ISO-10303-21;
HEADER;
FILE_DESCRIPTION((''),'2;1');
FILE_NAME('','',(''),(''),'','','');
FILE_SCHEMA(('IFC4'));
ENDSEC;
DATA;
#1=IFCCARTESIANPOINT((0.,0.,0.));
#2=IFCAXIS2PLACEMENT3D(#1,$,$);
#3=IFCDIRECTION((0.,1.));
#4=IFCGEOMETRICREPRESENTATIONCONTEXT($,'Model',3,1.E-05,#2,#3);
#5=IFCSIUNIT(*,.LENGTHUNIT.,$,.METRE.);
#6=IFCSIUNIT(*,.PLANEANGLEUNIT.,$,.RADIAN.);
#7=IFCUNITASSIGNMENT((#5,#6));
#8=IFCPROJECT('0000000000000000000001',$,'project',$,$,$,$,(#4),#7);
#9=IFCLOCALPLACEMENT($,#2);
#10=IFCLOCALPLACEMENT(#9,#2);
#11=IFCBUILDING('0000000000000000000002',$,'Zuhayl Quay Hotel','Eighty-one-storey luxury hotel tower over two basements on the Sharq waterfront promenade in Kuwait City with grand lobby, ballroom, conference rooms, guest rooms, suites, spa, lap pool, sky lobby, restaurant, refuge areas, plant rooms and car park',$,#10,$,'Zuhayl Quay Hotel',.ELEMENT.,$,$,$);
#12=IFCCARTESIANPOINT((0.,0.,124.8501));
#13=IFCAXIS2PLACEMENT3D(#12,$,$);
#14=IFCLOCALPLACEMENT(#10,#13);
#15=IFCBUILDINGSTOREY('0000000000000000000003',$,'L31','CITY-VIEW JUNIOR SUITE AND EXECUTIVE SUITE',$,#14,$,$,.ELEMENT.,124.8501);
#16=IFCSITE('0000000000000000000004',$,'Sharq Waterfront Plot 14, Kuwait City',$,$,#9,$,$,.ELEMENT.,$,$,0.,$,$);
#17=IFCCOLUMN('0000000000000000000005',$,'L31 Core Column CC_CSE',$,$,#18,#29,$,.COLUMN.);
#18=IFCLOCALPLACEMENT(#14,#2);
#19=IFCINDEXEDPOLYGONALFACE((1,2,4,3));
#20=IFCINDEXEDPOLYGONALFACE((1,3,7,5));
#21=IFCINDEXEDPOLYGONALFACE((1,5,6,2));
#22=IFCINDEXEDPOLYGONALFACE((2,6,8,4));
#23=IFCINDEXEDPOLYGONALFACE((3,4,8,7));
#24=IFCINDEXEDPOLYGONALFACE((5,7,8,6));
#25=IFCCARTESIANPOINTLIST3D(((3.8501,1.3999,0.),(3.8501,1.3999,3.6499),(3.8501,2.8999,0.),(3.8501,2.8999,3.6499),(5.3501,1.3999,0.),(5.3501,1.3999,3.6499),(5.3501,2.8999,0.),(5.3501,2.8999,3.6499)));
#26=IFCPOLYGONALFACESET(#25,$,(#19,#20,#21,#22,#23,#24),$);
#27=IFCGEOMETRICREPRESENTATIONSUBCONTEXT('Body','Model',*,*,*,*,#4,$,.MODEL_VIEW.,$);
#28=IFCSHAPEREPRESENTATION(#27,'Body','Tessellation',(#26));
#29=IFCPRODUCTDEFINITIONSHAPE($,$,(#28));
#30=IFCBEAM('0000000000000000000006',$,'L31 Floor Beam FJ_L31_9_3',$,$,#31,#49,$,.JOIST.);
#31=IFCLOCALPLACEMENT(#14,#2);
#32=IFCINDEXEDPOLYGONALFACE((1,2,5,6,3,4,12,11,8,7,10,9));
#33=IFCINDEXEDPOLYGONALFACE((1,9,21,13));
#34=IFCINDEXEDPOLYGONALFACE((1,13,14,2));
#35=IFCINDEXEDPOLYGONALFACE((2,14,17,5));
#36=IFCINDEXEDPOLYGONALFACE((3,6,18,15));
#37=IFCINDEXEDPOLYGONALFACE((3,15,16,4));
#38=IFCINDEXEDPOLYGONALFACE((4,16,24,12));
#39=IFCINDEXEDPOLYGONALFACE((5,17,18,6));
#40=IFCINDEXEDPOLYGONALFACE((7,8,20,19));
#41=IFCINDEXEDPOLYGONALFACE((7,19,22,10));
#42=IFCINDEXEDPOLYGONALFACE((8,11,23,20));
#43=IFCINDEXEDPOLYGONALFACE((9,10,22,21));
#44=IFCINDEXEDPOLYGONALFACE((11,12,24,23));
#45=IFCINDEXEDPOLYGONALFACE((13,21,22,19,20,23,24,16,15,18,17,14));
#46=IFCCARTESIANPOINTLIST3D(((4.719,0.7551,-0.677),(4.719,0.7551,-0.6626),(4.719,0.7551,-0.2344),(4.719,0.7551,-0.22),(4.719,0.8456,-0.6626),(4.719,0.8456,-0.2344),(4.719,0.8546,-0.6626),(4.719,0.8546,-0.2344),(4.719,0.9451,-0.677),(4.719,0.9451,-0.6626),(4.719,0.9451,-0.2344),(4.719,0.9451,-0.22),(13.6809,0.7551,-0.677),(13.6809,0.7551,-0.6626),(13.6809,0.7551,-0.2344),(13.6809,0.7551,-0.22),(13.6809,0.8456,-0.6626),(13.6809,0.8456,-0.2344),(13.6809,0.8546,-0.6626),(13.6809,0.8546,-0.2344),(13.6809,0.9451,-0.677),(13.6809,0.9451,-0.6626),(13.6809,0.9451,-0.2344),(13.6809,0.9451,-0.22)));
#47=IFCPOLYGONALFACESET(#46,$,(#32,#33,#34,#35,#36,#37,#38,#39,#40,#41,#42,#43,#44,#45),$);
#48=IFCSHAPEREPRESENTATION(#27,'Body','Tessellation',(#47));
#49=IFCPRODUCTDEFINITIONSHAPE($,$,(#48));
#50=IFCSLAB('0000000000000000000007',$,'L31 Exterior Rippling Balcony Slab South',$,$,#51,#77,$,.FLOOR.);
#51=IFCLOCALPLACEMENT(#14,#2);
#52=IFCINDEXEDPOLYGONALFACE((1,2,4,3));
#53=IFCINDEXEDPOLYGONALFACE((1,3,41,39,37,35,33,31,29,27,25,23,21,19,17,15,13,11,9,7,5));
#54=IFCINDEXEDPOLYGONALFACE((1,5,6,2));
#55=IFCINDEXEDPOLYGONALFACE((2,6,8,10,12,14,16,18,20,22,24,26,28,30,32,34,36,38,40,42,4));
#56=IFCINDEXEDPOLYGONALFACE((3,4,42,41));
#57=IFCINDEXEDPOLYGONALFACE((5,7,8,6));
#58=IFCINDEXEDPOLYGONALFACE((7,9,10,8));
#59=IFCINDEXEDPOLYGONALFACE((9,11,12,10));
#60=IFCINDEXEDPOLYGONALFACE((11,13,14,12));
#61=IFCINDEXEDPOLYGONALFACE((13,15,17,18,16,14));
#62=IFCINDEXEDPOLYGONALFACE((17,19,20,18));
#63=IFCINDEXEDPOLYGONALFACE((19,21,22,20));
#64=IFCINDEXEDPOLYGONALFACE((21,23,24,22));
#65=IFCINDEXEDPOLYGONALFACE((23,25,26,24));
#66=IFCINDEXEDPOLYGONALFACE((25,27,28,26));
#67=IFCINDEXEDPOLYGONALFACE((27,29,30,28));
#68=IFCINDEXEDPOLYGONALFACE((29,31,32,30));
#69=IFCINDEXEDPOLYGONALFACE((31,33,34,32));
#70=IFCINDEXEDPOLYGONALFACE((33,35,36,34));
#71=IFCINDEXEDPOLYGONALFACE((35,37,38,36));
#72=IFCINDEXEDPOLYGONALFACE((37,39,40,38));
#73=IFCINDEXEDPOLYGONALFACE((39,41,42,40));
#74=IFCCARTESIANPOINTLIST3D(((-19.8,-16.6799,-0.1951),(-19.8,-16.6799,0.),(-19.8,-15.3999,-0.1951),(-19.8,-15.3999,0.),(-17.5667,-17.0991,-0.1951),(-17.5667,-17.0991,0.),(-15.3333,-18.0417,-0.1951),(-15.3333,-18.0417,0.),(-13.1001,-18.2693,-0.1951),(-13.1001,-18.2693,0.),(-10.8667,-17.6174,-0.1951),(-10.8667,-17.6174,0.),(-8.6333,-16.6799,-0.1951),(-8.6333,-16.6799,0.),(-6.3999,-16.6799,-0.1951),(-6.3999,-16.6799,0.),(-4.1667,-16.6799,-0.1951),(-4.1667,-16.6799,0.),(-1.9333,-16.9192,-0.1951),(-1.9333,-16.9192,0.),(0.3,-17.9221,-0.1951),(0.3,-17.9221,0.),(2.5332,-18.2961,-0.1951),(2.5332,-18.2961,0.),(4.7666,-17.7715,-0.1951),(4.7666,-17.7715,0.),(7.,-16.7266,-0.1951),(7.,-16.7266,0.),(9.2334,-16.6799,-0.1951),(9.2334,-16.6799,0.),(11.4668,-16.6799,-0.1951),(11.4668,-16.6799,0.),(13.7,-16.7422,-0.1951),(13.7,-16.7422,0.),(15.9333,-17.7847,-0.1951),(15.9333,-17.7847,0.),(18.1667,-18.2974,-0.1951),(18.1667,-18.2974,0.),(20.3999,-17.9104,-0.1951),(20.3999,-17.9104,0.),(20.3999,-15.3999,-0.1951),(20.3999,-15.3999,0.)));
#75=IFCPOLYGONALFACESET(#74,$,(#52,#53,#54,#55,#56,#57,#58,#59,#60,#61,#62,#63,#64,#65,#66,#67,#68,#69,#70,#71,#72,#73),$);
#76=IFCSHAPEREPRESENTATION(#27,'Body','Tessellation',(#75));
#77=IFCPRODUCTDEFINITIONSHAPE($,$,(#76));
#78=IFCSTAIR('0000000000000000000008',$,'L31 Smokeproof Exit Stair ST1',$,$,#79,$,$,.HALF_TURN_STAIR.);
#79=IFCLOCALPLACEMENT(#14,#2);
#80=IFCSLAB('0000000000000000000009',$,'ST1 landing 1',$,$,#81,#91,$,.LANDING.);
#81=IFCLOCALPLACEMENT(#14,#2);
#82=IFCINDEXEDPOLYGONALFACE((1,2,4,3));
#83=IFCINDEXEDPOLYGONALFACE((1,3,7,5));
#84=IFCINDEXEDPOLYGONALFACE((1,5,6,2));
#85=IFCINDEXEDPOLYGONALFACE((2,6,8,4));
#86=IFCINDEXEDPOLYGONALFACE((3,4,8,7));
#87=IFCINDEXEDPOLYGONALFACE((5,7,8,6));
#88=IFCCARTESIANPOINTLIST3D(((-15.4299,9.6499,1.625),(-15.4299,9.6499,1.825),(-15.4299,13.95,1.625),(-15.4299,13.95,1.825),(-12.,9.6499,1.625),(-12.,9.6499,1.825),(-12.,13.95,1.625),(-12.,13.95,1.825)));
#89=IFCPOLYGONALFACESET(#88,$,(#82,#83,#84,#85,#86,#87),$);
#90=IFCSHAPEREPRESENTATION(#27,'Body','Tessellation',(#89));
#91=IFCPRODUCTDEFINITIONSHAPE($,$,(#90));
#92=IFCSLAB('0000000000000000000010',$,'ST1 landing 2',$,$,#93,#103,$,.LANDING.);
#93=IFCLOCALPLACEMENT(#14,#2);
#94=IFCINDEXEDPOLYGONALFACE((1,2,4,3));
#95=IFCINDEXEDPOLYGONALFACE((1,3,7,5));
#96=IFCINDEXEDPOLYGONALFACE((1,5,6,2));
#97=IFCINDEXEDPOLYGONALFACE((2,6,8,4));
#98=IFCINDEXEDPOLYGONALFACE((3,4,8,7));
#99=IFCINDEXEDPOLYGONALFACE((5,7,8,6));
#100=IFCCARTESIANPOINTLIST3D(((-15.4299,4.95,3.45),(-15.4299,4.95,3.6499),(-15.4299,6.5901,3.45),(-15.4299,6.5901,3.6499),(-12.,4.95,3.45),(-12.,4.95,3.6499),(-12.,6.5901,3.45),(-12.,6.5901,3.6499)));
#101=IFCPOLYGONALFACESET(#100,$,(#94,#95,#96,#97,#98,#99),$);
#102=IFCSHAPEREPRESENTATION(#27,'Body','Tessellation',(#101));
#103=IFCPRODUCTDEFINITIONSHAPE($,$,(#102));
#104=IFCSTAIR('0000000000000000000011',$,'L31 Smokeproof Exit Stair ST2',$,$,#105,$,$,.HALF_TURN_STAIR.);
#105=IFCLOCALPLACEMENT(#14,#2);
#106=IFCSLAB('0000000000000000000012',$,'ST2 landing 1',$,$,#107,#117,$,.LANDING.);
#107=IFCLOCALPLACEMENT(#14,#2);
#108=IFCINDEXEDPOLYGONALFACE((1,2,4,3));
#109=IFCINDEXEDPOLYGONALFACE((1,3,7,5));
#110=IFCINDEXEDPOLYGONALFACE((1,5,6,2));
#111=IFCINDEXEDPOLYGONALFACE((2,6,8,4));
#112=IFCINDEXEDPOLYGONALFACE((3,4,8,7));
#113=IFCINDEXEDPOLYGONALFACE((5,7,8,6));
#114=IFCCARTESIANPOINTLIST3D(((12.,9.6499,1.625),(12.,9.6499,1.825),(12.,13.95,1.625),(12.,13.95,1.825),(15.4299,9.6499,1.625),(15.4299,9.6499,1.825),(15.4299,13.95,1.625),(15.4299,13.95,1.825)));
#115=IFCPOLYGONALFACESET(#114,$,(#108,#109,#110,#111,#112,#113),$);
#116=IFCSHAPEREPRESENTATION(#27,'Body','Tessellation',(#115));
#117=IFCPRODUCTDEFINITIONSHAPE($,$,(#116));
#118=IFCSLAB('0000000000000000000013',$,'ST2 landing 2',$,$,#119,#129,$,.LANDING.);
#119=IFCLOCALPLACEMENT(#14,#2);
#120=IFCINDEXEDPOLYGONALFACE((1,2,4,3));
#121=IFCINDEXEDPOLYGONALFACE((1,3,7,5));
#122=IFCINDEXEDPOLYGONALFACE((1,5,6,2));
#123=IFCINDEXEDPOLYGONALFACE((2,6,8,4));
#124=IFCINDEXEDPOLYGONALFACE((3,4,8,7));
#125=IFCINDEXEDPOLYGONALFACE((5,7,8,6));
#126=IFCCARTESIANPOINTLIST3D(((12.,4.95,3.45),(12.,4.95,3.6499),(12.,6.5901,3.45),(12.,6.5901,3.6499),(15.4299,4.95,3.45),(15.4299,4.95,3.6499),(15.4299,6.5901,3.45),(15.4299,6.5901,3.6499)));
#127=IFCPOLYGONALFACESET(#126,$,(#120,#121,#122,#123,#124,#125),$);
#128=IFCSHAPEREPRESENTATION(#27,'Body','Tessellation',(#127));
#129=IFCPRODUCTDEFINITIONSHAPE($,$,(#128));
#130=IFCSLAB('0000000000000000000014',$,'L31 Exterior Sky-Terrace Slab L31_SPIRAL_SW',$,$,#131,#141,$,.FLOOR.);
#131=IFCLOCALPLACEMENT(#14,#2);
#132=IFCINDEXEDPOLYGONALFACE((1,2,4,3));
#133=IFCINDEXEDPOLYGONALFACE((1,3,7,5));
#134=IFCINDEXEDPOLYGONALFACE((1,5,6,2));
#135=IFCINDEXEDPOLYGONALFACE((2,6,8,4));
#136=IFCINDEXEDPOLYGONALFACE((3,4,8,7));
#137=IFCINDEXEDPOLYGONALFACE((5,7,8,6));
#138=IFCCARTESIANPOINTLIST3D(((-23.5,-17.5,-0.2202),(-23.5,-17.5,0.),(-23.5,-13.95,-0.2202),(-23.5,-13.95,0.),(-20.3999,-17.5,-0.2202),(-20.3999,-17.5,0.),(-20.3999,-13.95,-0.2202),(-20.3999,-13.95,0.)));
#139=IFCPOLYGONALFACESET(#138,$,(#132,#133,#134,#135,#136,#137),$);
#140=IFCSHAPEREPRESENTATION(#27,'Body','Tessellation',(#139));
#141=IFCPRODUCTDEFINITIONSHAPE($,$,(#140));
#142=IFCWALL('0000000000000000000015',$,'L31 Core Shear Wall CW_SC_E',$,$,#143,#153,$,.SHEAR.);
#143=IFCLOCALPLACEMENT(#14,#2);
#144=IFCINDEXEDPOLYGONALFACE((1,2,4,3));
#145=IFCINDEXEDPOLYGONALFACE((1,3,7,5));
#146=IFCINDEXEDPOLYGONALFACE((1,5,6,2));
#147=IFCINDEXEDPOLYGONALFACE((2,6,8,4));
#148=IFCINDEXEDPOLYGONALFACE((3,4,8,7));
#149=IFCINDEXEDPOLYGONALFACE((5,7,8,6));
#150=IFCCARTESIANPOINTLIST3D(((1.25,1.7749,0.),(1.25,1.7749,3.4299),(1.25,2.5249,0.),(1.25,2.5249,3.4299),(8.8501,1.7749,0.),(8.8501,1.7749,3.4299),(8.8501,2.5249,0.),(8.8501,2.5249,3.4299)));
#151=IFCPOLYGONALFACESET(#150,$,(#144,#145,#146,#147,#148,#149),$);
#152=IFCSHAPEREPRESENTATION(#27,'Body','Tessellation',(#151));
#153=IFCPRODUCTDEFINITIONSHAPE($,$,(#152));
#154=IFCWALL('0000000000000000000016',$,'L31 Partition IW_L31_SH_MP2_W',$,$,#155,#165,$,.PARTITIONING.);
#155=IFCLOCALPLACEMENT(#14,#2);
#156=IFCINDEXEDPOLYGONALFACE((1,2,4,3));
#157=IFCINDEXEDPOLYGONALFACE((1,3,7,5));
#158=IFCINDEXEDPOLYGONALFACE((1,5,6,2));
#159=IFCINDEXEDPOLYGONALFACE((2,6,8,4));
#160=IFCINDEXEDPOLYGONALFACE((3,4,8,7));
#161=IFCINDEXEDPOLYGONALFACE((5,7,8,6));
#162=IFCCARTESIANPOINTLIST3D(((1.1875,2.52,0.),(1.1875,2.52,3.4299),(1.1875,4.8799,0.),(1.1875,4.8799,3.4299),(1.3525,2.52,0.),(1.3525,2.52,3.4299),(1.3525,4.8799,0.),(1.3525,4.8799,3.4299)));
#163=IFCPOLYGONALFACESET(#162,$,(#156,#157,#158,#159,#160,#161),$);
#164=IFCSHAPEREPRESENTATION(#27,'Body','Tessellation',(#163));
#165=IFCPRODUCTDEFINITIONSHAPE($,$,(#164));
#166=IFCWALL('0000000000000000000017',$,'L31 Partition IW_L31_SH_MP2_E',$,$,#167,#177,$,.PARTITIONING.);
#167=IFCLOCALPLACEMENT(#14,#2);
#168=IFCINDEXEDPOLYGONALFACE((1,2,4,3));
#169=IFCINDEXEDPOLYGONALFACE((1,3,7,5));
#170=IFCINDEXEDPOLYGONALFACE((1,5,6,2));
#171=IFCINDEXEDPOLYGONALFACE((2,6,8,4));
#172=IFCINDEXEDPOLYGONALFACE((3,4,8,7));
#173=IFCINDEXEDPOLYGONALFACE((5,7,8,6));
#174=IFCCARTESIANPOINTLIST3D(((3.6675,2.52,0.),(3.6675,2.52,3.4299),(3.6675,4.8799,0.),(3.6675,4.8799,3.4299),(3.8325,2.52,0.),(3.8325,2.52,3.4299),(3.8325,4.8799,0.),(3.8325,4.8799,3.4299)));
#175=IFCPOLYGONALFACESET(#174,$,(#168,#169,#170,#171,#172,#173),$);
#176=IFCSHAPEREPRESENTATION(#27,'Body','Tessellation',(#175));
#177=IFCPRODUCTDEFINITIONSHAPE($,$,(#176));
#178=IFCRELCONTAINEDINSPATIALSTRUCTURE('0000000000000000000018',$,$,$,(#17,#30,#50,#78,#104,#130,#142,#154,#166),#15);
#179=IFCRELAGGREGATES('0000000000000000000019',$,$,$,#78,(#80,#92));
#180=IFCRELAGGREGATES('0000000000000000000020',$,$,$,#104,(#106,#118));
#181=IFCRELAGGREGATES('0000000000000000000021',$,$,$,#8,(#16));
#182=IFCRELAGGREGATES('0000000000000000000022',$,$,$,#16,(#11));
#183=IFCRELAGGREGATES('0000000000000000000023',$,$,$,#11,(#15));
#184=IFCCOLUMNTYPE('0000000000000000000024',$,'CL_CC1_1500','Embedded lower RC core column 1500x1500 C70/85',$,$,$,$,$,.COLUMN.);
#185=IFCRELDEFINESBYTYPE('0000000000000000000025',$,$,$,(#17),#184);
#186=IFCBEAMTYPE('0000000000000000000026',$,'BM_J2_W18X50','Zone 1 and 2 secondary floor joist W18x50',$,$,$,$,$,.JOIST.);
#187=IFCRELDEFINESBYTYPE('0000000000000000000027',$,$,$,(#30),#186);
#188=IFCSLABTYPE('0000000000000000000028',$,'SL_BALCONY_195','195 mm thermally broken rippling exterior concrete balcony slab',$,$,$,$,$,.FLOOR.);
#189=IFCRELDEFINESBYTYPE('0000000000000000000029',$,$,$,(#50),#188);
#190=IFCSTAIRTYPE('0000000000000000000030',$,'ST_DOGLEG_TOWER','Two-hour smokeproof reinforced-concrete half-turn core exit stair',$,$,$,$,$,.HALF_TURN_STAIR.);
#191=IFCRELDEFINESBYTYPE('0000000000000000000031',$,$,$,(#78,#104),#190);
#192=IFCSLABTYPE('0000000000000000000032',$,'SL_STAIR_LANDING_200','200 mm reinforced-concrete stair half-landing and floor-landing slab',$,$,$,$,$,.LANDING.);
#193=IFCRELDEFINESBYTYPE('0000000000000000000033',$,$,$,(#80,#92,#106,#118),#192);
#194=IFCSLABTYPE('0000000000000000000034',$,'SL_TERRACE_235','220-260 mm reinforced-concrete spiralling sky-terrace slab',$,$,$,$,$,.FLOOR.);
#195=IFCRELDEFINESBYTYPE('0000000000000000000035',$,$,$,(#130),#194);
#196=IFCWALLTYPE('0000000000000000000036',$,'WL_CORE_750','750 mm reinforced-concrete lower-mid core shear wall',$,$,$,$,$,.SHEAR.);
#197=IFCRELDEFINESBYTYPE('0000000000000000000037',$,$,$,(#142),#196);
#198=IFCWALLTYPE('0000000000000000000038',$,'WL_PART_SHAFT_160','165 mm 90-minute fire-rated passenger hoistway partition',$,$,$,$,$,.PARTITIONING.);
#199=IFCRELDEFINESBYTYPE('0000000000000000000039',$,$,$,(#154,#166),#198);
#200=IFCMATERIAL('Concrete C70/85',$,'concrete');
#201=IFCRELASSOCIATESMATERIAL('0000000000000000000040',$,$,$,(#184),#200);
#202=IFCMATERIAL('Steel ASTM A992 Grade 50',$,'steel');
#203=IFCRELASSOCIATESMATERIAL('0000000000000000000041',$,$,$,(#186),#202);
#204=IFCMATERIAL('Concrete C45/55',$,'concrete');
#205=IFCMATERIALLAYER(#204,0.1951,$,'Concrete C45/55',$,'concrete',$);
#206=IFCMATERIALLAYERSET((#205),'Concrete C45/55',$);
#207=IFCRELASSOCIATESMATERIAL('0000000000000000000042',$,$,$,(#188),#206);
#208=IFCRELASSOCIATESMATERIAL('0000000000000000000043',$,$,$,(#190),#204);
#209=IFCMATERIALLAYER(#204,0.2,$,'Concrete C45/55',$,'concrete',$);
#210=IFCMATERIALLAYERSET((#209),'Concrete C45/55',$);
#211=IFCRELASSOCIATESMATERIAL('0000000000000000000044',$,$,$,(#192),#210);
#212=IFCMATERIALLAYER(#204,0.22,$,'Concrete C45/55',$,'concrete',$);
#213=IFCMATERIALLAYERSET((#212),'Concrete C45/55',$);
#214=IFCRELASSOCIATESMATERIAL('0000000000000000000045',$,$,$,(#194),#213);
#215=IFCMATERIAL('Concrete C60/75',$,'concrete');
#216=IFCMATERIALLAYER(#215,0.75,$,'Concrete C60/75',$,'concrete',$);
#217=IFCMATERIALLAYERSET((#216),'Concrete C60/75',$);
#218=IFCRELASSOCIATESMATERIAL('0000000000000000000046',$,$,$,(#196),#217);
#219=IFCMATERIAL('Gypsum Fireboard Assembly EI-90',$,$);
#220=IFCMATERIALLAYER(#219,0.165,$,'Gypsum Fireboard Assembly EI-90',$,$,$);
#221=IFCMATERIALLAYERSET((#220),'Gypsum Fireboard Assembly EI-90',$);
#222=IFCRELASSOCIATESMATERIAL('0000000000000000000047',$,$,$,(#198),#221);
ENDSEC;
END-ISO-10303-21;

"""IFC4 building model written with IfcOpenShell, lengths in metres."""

from ifc_helpers import new_model, si_unit, direction, frame, frame_2d, origin, origin_2d, place, context, subcontext, project, spatial, polyline, rectangle, i_section, outline, extrude, material, layer, layer_set, material_profile, profile_set, type_object, element, aggregate, save


model = new_model("IFC4")

# Units and contexts
model_context = context("Model", 3, precision=1e-05, world=origin(), true_north=direction((0.0, 1.0)))
body_context = subcontext(model_context, "Body", "Model", "MODEL_VIEW")
ifc_project = project(units=[si_unit("LENGTHUNIT", "METRE"), si_unit("PLANEANGLEUNIT", "RADIAN")], contexts=[model_context])

# Site, building, storey
site_placement = place(None, origin())
site = spatial("IfcSite", under=ifc_project, at=site_placement, Name="Sharq Waterfront Plot 14, Kuwait City", CompositionType="ELEMENT", RefElevation=0.0)
building_placement = place(site_placement, origin())
building = spatial("IfcBuilding", under=site, at=building_placement, Name="Zuhayl Quay Hotel", Description="Eighty-one-storey luxury hotel tower over two basements on the Sharq waterfront promenade in Kuwait City with grand lobby, ballroom, conference rooms, guest rooms, suites, spa, lap pool, sky lobby, restaurant, refuge areas, plant rooms and car park", LongName="Zuhayl Quay Hotel", CompositionType="ELEMENT")
storey_placement = place(building_placement, frame((0.0, 0.0, 124.8501)))
storey = spatial("IfcBuildingStorey", under=building, at=storey_placement, Name="L31", Description="CITY-VIEW JUNIOR SUITE AND EXECUTIVE SUITE", CompositionType="ELEMENT", Elevation=124.8501)

# Column
ifc_material_1 = material(Name="Concrete C70/85", Category="concrete")
ifc_material_profile_1 = material_profile(ifc_material_1, rectangle(XDim=1.5, YDim=1.5, at=origin_2d()), Name="RC1500X1500")
ifc_profile_set_1 = profile_set([ifc_material_profile_1], Name="Concrete C70/85")
column_type = type_object("IfcColumnType", Name="CL_CC1_1500", Description="Embedded lower RC core column 1500x1500 C70/85", PredefinedType="COLUMN", material=ifc_profile_set_1)
column_placement = place(storey_placement, frame((4.6001, 2.1499, 0.0), z_axis=(0.0, 0.0, 1.0), x_axis=(1.0, 0.0, 0.0)))
element("IfcColumn", 1, at=column_placement, inside=storey, type_object=column_type, Name="L31 Core Column CC_CSE", PredefinedType="COLUMN", context=body_context, shape_type="SweptSolid", body=[
    extrude(rectangle(XDim=1.5, YDim=1.5, at=origin_2d()), origin(), (0.0, 0.0, 1.0), 3.6499),
])

# Beam
ifc_material_2 = material(Name="Steel ASTM A992 Grade 50", Category="steel")
ifc_material_profile_2 = material_profile(ifc_material_2, i_section(OverallWidth=0.1899, OverallDepth=0.457, WebThickness=0.009, FlangeThickness=0.0144, at=origin_2d()), Name="W18X50")
ifc_profile_set_2 = profile_set([ifc_material_profile_2], Name="Steel ASTM A992 Grade 50")
beam_type = type_object("IfcBeamType", Name="BM_J2_W18X50", Description="Zone 1 and 2 secondary floor joist W18x50", PredefinedType="JOIST", material=ifc_profile_set_2)
beam_placement = place(storey_placement, frame((4.719, 0.8501, -0.4485), z_axis=(1.0, 0.0, 0.0), x_axis=(0.0, 1.0, 0.0)))
element("IfcBeam", 2, at=beam_placement, inside=storey, type_object=beam_type, Name="L31 Floor Beam FJ_L31_9_3", PredefinedType="JOIST", context=body_context, shape_type="SweptSolid", body=[
    extrude(i_section(OverallWidth=0.1899, OverallDepth=0.457, WebThickness=0.009, FlangeThickness=0.0144, at=origin_2d()), origin(), (0.0, 0.0, 1.0), 8.9619),
])

# Slab
ifc_material_3 = material(Name="Concrete C45/55", Category="concrete")
ifc_layer_1 = layer(ifc_material_3, 0.1951, Name="Concrete C45/55", Category="concrete")
ifc_layer_set_1 = layer_set([ifc_layer_1], Name="Concrete C45/55")
slab_type_1 = type_object("IfcSlabType", Name="SL_BALCONY_195", Description="195 mm thermally broken rippling exterior concrete balcony slab", PredefinedType="FLOOR", material=ifc_layer_set_1)
slab_1_placement = place(storey_placement, frame((0.0, 0.0, -0.1951)))
element("IfcSlab", 3, at=slab_1_placement, inside=storey, type_object=slab_type_1, Name="L31 Exterior Rippling Balcony Slab South", PredefinedType="FLOOR", context=body_context, shape_type="SweptSolid", body=[
    extrude(outline(polyline([(-19.8, -16.6799), (-17.5667, -17.0991), (-15.3333, -18.0417), (-13.1001, -18.2693), (-10.8667, -17.6174), (-8.6333, -16.6799), (-6.3999, -16.6799), (-4.1667, -16.6799), (-1.9333, -16.9192), (0.3, -17.9221), (2.5332, -18.2961), (4.7666, -17.7715), (7.0, -16.7266), (9.2334, -16.6799), (11.4668, -16.6799), (13.7, -16.7422), (15.9333, -17.7847), (18.1667, -18.2974), (20.3999, -17.9104), (20.3999, -15.3999), (-19.8, -15.3999), (-19.8, -16.6799)])), origin(), (0.0, 0.0, 1.0), 0.1951),
])

# Stairs, slabs
stair_type = type_object("IfcStairType", Name="ST_DOGLEG_TOWER", Description="Two-hour smokeproof reinforced-concrete half-turn core exit stair", PredefinedType="HALF_TURN_STAIR", material=ifc_material_3)
stair_1_placement = place(storey_placement, origin())
stair_1 = element("IfcStair", 4, at=stair_1_placement, inside=storey, type_object=stair_type, Name="L31 Smokeproof Exit Stair ST1", PredefinedType="HALF_TURN_STAIR")
ifc_layer_2 = layer(ifc_material_3, 0.2, Name="Concrete C45/55", Category="concrete")
ifc_layer_set_2 = layer_set([ifc_layer_2], Name="Concrete C45/55")
slab_type_2 = type_object("IfcSlabType", Name="SL_STAIR_LANDING_200", Description="200 mm reinforced-concrete stair half-landing and floor-landing slab", PredefinedType="LANDING", material=ifc_layer_set_2)
slab_2_placement = place(storey_placement, frame((0.0, 0.0, 1.625)))
slab_2 = element("IfcSlab", 5, at=slab_2_placement, type_object=slab_type_2, Name="ST1 landing 1", PredefinedType="LANDING", context=body_context, shape_type="SweptSolid", body=[
    extrude(outline(polyline([(-12.0, 9.6499), (-12.0, 13.95), (-15.4299, 13.95), (-15.4299, 9.6499), (-12.0, 9.6499)])), origin(), (0.0, 0.0, 1.0), 0.2),
])
slab_3_placement = place(storey_placement, frame((0.0, 0.0, 3.45)))
slab_3 = element("IfcSlab", 6, at=slab_3_placement, type_object=slab_type_2, Name="ST1 landing 2", PredefinedType="LANDING", context=body_context, shape_type="SweptSolid", body=[
    extrude(outline(polyline([(-12.0, 4.95), (-12.0, 6.5901), (-15.4299, 6.5901), (-15.4299, 4.95), (-12.0, 4.95)])), origin(), (0.0, 0.0, 1.0), 0.2),
])
aggregate(stair_1, [slab_2, slab_3])
stair_2_placement = place(storey_placement, origin())
stair_2 = element("IfcStair", 7, at=stair_2_placement, inside=storey, type_object=stair_type, Name="L31 Smokeproof Exit Stair ST2", PredefinedType="HALF_TURN_STAIR")
slab_4_placement = place(storey_placement, frame((0.0, 0.0, 1.625)))
slab_4 = element("IfcSlab", 8, at=slab_4_placement, type_object=slab_type_2, Name="ST2 landing 1", PredefinedType="LANDING", context=body_context, shape_type="SweptSolid", body=[
    extrude(outline(polyline([(15.4299, 9.6499), (15.4299, 13.95), (12.0, 13.95), (12.0, 9.6499), (15.4299, 9.6499)])), origin(), (0.0, 0.0, 1.0), 0.2),
])
slab_5_placement = place(storey_placement, frame((0.0, 0.0, 3.45)))
slab_5 = element("IfcSlab", 9, at=slab_5_placement, type_object=slab_type_2, Name="ST2 landing 2", PredefinedType="LANDING", context=body_context, shape_type="SweptSolid", body=[
    extrude(outline(polyline([(15.4299, 4.95), (15.4299, 6.5901), (12.0, 6.5901), (12.0, 4.95), (15.4299, 4.95)])), origin(), (0.0, 0.0, 1.0), 0.2),
])
aggregate(stair_2, [slab_4, slab_5])

# Slab
ifc_layer_3 = layer(ifc_material_3, 0.22, Name="Concrete C45/55", Category="concrete")
ifc_layer_set_3 = layer_set([ifc_layer_3], Name="Concrete C45/55")
slab_type_3 = type_object("IfcSlabType", Name="SL_TERRACE_235", Description="220-260 mm reinforced-concrete spiralling sky-terrace slab", PredefinedType="FLOOR", material=ifc_layer_set_3)
slab_6_placement = place(storey_placement, frame((0.0, 0.0, -0.2202)))
element("IfcSlab", 10, at=slab_6_placement, inside=storey, type_object=slab_type_3, Name="L31 Exterior Sky-Terrace Slab L31_SPIRAL_SW", PredefinedType="FLOOR", context=body_context, shape_type="SweptSolid", body=[
    extrude(outline(polyline([(-23.5, -17.5), (-20.3999, -17.5), (-20.3999, -13.95), (-23.5, -13.95), (-23.5, -17.5)])), origin(), (0.0, 0.0, 1.0), 0.2202),
])

# Walls
ifc_material_4 = material(Name="Concrete C60/75", Category="concrete")
ifc_layer_4 = layer(ifc_material_4, 0.75, Name="Concrete C60/75", Category="concrete")
ifc_layer_set_4 = layer_set([ifc_layer_4], Name="Concrete C60/75")
wall_type_1 = type_object("IfcWallType", Name="WL_CORE_750", Description="750 mm reinforced-concrete lower-mid core shear wall", PredefinedType="SHEAR", material=ifc_layer_set_4)
wall_placement = place(storey_placement, frame((1.25, 2.1499, 0.0), z_axis=(0.0, 0.0, 1.0), x_axis=(1.0, 0.0, 0.0)))
element("IfcWall", 11, at=wall_placement, inside=storey, type_object=wall_type_1, Name="L31 Core Shear Wall CW_SC_E", PredefinedType="SHEAR", context=body_context, shape_type="SweptSolid", body=[
    extrude(rectangle(XDim=7.6001, YDim=0.75, at=frame_2d((3.8, 0.0))), origin(), (0.0, 0.0, 1.0), 3.4299),
])
ifc_material_5 = material(Name="Gypsum Fireboard Assembly EI-90")
ifc_layer_5 = layer(ifc_material_5, 0.165, Name="Gypsum Fireboard Assembly EI-90")
ifc_layer_set_5 = layer_set([ifc_layer_5], Name="Gypsum Fireboard Assembly EI-90")
wall_type_2 = type_object("IfcWallType", Name="WL_PART_SHAFT_160", Description="165 mm 90-minute fire-rated passenger hoistway partition", PredefinedType="PARTITIONING", material=ifc_layer_set_5)
for number, where, z_axis, x_axis, name in (
    (12, (1.27, 2.52, 0.0), (0.0, 0.0, 1.0), (0.0, 1.0, 0.0), "L31 Partition IW_L31_SH_MP2_W"),
    (13, (3.75, 2.52, 0.0), (0.0, 0.0, 1.0), (0.0, 1.0, 0.0), "L31 Partition IW_L31_SH_MP2_E"),
):
    element("IfcWall", number, at=place(storey_placement, frame(where, z_axis=z_axis, x_axis=x_axis)), inside=storey, type_object=wall_type_2, Name=name, PredefinedType="PARTITIONING", context=body_context, shape_type="SweptSolid", body=[
        extrude(rectangle(XDim=2.3599, YDim=0.165, at=frame_2d((1.1799, 0.0))), origin(), (0.0, 0.0, 1.0), 3.4299),
    ])

save(model, "model.ifc")
